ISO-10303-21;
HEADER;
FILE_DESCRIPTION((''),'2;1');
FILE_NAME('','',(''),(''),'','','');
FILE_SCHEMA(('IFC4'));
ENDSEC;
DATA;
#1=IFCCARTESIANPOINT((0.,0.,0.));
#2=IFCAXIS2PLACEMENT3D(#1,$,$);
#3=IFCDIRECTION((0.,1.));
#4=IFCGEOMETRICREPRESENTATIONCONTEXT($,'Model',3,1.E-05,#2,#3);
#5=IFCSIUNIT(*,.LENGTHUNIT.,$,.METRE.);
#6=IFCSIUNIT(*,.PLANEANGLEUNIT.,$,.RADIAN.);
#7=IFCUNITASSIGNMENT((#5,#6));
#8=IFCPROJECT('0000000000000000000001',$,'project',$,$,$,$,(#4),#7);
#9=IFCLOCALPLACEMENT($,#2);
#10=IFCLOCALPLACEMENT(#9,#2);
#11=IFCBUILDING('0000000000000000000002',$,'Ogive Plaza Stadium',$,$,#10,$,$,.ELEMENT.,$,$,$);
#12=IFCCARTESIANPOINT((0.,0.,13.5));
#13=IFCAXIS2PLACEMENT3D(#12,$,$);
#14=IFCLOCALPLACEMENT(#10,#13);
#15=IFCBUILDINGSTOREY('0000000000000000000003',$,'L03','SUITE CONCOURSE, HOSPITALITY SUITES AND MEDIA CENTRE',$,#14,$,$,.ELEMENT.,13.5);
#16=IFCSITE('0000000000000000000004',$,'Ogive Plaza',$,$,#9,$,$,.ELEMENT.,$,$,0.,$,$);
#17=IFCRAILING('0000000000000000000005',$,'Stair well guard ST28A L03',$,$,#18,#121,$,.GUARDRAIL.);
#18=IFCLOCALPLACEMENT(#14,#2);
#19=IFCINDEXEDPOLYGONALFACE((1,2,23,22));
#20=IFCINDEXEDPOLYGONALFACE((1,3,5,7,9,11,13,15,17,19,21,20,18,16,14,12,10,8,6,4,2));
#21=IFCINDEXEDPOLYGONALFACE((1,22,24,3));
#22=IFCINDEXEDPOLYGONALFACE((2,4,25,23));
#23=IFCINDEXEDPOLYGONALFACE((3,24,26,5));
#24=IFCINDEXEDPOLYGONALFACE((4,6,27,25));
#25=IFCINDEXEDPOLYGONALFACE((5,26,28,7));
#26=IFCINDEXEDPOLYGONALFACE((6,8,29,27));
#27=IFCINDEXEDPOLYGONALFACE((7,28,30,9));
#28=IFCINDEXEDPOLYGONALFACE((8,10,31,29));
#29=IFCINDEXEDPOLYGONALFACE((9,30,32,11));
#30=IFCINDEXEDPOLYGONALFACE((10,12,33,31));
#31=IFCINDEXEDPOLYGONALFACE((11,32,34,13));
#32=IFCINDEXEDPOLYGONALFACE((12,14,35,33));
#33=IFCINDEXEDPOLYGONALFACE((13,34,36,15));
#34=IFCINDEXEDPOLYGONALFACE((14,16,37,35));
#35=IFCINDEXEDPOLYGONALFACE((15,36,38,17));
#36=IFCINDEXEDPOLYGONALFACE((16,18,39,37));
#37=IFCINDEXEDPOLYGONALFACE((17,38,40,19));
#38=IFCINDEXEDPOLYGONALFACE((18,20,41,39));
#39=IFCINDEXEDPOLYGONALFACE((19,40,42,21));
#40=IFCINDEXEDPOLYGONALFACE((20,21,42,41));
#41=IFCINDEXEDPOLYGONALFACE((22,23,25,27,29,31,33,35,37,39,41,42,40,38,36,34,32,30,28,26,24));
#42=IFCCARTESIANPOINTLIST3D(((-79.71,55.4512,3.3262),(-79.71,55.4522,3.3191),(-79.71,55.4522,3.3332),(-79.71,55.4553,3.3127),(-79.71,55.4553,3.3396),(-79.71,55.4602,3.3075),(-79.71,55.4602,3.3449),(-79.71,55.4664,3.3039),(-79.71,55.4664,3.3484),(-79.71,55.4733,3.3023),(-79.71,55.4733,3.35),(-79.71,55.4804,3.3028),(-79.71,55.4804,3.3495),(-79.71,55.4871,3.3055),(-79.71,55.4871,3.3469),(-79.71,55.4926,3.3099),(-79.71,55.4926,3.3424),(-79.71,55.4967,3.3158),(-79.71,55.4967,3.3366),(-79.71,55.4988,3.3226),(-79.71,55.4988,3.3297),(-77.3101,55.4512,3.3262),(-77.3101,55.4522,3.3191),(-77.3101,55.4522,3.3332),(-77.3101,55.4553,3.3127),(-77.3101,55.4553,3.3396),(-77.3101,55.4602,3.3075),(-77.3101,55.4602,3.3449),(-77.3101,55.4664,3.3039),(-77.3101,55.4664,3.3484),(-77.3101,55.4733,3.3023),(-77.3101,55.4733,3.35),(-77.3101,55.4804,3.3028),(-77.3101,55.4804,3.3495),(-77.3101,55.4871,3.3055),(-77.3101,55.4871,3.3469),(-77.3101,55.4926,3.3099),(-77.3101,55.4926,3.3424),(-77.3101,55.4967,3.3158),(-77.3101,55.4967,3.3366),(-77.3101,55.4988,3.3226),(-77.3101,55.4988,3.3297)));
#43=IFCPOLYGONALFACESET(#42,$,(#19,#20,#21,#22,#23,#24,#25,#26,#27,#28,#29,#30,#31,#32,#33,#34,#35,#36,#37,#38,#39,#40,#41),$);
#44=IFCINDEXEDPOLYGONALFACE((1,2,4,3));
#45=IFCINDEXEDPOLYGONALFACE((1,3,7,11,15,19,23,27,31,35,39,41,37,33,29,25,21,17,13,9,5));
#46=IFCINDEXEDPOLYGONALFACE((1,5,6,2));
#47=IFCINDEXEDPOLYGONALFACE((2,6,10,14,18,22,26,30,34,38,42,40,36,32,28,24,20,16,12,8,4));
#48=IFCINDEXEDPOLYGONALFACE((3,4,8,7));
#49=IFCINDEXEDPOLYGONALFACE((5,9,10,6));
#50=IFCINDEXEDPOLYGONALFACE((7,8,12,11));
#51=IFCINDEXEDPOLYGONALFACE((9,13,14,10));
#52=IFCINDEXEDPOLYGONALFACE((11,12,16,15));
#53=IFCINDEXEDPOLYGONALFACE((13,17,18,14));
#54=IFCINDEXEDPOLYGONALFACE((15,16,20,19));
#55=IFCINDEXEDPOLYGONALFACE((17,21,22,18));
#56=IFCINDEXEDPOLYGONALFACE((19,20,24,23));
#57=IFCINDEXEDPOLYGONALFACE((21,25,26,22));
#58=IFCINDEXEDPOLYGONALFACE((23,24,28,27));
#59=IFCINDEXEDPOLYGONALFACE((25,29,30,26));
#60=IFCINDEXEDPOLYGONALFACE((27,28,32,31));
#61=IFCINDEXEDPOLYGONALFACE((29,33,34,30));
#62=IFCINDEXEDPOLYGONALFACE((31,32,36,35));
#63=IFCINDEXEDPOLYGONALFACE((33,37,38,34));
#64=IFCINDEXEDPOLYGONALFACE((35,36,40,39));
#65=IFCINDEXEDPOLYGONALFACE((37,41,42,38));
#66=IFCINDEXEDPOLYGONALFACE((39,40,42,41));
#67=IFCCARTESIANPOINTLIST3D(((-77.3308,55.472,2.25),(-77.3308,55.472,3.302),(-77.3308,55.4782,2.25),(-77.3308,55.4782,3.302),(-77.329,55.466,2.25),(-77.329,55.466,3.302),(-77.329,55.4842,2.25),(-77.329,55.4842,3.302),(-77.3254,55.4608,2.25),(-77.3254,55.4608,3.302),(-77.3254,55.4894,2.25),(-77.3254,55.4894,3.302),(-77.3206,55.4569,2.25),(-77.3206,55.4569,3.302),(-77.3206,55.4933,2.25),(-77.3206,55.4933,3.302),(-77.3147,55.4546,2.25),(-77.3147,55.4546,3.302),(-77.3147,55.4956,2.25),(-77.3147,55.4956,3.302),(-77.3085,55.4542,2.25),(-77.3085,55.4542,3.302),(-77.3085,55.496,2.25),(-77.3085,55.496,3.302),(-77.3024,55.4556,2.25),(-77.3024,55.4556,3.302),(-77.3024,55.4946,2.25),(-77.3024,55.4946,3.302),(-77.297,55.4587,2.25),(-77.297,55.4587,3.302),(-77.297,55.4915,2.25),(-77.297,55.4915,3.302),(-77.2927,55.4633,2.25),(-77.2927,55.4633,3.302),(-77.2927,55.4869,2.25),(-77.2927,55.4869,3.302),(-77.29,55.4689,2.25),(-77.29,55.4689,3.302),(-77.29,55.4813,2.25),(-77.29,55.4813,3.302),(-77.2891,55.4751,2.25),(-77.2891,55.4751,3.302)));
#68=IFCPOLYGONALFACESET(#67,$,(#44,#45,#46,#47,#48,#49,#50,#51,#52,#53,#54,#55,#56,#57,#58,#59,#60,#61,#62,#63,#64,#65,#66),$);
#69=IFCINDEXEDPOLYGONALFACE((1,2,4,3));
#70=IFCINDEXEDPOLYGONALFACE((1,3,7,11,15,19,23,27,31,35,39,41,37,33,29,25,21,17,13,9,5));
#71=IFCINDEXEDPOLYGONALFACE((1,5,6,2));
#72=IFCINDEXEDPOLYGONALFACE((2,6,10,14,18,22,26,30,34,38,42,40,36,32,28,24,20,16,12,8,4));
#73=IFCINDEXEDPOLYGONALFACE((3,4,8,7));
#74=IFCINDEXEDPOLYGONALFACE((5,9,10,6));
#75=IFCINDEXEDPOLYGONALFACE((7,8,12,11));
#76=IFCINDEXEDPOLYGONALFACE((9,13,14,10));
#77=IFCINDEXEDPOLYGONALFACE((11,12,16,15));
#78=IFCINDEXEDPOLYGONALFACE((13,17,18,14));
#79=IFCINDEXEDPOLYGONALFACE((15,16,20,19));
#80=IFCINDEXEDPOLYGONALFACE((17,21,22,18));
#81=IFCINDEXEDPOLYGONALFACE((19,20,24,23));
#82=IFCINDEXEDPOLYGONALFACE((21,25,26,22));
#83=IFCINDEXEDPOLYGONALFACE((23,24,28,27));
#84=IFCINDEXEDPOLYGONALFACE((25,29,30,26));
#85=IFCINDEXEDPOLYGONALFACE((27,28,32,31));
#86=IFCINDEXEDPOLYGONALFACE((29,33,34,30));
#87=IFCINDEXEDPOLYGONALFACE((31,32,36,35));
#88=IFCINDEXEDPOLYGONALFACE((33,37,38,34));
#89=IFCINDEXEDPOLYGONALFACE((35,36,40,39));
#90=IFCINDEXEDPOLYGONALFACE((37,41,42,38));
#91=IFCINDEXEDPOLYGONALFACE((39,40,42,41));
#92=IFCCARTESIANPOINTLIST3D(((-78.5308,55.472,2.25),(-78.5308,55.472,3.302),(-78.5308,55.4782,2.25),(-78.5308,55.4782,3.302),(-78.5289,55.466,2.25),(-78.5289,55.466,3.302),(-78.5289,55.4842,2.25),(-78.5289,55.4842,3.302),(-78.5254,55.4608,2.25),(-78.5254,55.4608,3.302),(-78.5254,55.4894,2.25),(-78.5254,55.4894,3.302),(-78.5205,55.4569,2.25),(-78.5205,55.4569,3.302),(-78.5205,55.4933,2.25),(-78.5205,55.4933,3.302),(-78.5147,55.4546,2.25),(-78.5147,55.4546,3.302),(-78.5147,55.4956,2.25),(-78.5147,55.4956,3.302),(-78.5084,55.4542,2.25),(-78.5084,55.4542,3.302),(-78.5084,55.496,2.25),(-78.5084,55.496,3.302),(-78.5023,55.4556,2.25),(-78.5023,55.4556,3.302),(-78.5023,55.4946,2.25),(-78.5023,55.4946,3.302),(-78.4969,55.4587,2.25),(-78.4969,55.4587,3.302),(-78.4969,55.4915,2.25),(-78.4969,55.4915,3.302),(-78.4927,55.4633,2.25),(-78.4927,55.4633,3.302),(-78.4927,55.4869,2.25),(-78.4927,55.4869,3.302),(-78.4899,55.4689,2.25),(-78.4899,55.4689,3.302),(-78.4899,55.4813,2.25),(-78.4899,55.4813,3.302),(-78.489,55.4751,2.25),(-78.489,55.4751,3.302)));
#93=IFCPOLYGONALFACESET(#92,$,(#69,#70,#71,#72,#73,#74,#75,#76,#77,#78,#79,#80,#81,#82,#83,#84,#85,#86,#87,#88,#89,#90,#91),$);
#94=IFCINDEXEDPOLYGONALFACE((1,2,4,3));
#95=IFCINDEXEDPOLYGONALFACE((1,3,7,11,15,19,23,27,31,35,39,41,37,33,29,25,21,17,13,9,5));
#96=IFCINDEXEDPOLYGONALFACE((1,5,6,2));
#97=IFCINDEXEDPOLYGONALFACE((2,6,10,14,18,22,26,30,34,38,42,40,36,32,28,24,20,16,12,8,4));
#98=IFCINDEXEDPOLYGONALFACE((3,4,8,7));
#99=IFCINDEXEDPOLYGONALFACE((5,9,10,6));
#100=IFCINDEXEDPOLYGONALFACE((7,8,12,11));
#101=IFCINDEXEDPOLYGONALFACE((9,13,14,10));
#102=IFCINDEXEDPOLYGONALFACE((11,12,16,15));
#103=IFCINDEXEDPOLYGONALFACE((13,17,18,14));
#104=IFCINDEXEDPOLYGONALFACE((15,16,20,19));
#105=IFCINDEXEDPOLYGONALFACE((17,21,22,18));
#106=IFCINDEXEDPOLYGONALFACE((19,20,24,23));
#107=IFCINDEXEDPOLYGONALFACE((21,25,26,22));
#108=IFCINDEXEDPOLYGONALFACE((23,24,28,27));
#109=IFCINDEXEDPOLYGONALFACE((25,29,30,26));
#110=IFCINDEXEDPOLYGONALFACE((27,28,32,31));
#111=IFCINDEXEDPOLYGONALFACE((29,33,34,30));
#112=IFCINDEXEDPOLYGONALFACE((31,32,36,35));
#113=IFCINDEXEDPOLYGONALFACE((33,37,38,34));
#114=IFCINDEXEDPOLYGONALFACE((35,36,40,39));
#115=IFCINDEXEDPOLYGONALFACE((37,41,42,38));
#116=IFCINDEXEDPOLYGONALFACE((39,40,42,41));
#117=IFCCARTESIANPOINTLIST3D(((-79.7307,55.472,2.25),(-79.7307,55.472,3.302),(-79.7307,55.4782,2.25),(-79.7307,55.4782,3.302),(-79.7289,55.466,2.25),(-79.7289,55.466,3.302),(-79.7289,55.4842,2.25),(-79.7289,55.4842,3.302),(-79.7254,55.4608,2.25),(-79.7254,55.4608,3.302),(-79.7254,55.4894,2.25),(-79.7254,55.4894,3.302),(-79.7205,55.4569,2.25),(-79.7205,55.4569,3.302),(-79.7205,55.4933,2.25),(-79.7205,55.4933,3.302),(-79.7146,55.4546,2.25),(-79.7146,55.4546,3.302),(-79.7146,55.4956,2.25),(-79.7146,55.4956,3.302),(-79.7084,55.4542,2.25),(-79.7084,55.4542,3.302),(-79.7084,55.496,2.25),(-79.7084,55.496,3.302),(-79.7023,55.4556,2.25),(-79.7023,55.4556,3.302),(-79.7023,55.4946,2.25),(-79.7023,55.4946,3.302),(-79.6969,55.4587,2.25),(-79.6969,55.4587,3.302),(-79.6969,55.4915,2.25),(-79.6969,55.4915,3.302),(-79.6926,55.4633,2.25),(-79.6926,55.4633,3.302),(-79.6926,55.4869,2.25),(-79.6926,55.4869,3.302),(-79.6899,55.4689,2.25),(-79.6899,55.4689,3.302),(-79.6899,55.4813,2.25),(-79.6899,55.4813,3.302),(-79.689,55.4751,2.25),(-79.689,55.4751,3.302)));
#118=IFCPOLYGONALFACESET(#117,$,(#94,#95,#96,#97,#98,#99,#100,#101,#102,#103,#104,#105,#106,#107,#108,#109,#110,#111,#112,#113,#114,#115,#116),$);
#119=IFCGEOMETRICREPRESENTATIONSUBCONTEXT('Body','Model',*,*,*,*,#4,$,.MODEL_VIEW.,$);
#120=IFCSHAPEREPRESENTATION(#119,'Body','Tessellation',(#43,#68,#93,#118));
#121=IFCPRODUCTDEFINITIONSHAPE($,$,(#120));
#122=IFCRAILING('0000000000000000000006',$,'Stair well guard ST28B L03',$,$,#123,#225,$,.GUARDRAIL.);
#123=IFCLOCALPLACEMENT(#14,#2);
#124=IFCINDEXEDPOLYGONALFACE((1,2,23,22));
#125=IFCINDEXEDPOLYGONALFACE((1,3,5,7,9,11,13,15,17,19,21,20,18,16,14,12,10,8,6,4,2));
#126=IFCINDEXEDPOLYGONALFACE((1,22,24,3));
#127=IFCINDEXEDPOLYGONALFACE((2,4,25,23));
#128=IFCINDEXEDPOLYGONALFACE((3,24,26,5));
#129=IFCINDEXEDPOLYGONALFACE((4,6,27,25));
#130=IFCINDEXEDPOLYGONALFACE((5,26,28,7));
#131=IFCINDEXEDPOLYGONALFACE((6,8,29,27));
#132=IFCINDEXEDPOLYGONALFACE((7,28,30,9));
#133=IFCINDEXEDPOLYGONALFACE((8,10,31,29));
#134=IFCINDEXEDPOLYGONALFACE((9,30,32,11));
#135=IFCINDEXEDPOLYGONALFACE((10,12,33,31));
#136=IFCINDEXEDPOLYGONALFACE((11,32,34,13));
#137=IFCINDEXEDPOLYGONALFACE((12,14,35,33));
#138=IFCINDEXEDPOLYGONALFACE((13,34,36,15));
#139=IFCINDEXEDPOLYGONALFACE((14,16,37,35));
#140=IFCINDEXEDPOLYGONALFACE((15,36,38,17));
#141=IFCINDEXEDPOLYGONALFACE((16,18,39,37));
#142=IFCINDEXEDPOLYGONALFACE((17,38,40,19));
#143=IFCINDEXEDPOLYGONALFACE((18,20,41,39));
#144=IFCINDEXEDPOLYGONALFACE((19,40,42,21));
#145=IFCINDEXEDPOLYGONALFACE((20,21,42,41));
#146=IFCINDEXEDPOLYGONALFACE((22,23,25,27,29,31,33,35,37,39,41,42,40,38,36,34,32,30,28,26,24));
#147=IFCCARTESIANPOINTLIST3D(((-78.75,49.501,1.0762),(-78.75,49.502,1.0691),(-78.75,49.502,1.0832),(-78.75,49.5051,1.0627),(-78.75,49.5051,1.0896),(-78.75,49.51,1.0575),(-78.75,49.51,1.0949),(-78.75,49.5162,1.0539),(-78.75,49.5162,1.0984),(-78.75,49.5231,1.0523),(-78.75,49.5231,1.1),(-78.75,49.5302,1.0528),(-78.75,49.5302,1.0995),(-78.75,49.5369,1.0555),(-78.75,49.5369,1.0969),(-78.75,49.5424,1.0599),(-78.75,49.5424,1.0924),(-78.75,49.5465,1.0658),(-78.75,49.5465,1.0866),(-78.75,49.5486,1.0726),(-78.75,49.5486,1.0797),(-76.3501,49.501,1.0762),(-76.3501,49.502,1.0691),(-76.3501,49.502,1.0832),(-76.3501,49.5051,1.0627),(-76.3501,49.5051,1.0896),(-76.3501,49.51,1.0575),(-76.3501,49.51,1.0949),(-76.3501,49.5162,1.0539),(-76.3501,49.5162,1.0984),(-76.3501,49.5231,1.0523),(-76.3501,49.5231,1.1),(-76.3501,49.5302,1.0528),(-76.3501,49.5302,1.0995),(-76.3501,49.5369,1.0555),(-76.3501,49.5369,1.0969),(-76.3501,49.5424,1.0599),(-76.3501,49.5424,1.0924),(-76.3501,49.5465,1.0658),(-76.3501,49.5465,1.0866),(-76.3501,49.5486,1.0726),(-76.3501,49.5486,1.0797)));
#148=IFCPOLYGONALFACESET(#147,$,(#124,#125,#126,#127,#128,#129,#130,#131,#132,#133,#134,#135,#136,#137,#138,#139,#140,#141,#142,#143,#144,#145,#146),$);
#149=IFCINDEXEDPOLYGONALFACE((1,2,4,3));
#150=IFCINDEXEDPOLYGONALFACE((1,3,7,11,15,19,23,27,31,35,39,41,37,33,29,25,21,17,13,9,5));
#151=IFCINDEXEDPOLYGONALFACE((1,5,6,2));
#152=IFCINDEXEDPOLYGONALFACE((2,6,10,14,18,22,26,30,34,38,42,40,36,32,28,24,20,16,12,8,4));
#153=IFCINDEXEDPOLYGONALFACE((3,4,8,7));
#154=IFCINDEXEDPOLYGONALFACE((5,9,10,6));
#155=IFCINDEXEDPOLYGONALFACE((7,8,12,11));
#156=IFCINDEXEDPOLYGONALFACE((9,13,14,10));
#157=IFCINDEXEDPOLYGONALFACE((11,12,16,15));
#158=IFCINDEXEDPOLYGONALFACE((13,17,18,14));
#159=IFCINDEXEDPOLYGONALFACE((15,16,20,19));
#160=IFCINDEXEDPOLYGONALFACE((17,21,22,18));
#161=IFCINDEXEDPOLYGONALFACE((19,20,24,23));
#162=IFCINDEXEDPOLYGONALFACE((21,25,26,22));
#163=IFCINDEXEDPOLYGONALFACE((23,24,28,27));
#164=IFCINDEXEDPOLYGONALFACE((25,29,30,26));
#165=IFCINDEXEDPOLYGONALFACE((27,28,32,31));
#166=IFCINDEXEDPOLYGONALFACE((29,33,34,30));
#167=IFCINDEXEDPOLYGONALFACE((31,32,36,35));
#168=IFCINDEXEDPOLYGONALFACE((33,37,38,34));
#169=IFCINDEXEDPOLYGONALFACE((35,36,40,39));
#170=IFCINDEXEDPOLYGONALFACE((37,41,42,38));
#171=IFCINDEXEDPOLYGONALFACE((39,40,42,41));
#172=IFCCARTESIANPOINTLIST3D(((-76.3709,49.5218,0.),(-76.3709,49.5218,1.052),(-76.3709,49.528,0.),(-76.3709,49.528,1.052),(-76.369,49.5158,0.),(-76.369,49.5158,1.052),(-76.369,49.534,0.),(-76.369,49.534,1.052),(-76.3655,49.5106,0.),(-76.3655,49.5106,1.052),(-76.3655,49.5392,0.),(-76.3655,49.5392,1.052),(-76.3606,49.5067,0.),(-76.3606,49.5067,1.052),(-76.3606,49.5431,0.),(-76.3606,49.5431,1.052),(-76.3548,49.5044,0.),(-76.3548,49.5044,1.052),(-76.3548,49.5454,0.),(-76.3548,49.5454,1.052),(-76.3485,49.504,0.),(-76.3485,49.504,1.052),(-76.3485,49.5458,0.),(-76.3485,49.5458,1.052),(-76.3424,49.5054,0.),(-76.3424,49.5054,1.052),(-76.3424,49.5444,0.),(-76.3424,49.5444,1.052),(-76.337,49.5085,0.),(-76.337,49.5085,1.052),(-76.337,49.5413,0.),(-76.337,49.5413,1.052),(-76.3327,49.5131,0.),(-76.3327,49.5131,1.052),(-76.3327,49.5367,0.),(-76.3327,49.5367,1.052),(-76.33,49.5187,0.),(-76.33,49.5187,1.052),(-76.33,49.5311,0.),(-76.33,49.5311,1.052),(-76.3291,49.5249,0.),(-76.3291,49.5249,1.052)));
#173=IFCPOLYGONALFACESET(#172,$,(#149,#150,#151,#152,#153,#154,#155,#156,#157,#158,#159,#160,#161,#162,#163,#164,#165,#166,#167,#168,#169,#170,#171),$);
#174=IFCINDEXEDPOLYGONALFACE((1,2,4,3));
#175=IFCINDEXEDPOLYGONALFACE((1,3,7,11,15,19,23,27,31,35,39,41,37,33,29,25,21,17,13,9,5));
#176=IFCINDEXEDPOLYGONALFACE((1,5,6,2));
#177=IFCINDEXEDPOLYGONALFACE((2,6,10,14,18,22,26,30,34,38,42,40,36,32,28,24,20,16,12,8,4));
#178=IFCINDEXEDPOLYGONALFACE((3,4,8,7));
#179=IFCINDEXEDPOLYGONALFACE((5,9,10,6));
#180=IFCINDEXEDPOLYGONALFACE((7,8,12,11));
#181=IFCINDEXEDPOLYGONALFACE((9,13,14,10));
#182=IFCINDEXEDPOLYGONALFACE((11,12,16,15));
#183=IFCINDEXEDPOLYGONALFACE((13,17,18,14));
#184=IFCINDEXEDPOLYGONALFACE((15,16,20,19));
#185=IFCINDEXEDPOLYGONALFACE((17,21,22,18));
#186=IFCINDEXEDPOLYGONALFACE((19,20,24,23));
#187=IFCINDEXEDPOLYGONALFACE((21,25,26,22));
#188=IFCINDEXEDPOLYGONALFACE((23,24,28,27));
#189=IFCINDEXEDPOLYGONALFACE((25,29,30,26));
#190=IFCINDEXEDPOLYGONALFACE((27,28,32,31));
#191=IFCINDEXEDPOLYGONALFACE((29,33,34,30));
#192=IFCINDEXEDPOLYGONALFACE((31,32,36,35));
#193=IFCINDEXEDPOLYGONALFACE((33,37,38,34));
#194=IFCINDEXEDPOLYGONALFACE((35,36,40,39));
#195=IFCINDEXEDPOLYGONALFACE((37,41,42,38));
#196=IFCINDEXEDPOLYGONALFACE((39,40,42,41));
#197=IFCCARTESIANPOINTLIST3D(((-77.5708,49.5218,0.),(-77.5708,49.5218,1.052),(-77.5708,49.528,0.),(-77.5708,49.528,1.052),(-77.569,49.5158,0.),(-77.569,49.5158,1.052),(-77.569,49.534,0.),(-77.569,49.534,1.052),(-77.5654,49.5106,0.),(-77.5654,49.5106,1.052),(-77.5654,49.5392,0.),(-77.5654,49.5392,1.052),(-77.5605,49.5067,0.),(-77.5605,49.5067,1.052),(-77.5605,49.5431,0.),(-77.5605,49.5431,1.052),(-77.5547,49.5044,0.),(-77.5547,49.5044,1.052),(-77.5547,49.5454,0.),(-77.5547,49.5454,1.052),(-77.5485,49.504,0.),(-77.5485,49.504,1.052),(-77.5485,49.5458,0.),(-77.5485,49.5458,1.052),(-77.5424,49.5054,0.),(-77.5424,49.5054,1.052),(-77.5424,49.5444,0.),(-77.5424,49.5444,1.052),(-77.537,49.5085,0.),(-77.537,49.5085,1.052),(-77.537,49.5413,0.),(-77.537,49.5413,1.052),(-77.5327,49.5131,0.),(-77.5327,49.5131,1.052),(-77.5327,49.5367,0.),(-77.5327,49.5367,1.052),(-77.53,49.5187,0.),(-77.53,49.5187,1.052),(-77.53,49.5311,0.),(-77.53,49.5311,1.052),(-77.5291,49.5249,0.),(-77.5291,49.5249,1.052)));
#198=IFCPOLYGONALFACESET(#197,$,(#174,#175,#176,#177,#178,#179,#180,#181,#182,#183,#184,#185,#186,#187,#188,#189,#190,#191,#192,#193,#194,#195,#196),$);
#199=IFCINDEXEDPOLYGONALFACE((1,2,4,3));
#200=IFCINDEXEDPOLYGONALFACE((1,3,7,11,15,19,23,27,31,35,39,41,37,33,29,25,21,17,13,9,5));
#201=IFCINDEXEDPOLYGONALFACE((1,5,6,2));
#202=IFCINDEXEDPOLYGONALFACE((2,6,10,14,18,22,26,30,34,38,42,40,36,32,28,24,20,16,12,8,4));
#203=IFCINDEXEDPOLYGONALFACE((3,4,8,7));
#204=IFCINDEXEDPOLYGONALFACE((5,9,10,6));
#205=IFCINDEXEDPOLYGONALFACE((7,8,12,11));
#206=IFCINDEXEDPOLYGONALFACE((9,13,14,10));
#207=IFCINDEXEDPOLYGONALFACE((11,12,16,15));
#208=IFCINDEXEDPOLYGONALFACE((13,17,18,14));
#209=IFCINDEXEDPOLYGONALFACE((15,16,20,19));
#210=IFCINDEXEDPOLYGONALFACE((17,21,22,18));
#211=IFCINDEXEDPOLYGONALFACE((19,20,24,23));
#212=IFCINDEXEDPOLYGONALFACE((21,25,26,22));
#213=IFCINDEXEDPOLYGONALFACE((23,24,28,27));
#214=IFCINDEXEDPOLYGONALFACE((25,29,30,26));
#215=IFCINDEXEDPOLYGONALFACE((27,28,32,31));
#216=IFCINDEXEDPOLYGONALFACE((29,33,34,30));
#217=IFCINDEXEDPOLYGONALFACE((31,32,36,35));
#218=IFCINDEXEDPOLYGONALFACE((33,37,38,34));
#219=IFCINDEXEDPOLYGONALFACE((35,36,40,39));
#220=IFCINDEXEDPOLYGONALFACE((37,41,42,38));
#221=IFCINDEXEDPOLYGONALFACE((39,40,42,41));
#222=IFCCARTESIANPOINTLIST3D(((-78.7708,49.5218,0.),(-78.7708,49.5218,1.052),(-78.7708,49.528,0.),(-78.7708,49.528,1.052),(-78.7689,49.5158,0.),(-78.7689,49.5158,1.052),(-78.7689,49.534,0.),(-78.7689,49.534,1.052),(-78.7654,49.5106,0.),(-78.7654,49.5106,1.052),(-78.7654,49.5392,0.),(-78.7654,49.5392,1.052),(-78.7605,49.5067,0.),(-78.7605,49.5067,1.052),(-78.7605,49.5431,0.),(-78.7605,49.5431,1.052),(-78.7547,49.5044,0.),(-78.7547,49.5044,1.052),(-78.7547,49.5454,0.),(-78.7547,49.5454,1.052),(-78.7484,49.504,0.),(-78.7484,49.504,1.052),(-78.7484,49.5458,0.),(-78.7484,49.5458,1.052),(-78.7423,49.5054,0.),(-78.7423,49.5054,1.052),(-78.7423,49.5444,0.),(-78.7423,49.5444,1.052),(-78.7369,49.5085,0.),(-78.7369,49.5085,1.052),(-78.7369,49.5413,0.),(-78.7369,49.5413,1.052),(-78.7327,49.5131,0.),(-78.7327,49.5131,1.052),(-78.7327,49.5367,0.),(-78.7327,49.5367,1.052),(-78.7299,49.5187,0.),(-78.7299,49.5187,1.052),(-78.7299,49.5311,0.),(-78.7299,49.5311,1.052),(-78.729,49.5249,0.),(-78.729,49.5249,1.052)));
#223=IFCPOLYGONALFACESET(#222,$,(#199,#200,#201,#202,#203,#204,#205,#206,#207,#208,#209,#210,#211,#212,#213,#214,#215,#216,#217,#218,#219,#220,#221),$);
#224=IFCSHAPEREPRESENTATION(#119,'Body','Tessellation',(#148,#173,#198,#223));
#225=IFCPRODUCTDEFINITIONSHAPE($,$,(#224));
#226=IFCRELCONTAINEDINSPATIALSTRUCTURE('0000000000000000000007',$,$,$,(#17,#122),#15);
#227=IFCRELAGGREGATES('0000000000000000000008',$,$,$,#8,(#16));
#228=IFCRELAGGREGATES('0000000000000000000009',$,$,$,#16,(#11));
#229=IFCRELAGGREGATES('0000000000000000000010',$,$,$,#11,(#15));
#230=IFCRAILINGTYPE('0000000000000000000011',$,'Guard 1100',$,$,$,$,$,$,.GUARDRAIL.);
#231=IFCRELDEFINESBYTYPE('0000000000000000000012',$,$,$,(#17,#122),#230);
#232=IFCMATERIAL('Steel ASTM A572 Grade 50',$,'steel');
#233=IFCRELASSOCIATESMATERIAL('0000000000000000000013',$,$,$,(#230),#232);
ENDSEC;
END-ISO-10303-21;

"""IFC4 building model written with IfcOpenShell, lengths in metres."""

from ifc_helpers import new_model, si_unit, direction, frame, origin, origin_2d, place, context, subcontext, project, spatial, circle, extrude, material, type_object, element, save


model = new_model("IFC4")

# Units and contexts
model_context = context("Model", 3, precision=1e-05, world=origin(), true_north=direction((0.0, 1.0)))
body_context = subcontext(model_context, "Body", "Model", "MODEL_VIEW")
ifc_project = project(units=[si_unit("LENGTHUNIT", "METRE"), si_unit("PLANEANGLEUNIT", "RADIAN")], contexts=[model_context])

# Site, building, storey
site_placement = place(None, origin())
site = spatial("IfcSite", under=ifc_project, at=site_placement, Name="Ogive Plaza", CompositionType="ELEMENT", RefElevation=0.0)
building_placement = place(site_placement, origin())
building = spatial("IfcBuilding", under=site, at=building_placement, Name="Ogive Plaza Stadium", CompositionType="ELEMENT")
storey_placement = place(building_placement, frame((0.0, 0.0, 13.5)))
storey = spatial("IfcBuildingStorey", under=building, at=storey_placement, Name="L03", Description="SUITE CONCOURSE, HOSPITALITY SUITES AND MEDIA CENTRE", CompositionType="ELEMENT", Elevation=13.5)

# Railings
ifc_material_1 = material(Name="Steel ASTM A572 Grade 50", Category="steel")
railing_type_1 = type_object("IfcRailingType", Name="Guard 1100", PredefinedType="GUARDRAIL", material=ifc_material_1)
for number, where, name in (
    (1, (-77.3101, 55.4751, 2.25), "Stair well guard ST28A L03"),
    (2, (-76.3501, 49.5249, 0.0), "Stair well guard ST28B L03"),
):
    element("IfcRailing", number, at=place(storey_placement, frame(where)), inside=storey, type_object=railing_type_1, Name=name, PredefinedType="GUARDRAIL", context=body_context, shape_type="SweptSolid", body=[
        extrude(circle(Radius=0.0239, at=origin_2d()), frame((0.0, 0.0, 1.0762), z_axis=(-1.0, 0.0, 0.0), x_axis=(0.0, -1.0, 0.0)), (0.0, 0.0, 1.0), 2.3999),
        extrude(circle(Radius=0.021, at=origin_2d()), origin(), (0.0, 0.0, 1.0), 1.052),
        extrude(circle(Radius=0.021, at=origin_2d()), frame((-1.2, 0.0, 0.0)), (0.0, 0.0, 1.0), 1.052),
        extrude(circle(Radius=0.021, at=origin_2d()), frame((-2.3999, 0.0, 0.0)), (0.0, 0.0, 1.0), 1.052),
    ])

save(model, "model.ifc")
